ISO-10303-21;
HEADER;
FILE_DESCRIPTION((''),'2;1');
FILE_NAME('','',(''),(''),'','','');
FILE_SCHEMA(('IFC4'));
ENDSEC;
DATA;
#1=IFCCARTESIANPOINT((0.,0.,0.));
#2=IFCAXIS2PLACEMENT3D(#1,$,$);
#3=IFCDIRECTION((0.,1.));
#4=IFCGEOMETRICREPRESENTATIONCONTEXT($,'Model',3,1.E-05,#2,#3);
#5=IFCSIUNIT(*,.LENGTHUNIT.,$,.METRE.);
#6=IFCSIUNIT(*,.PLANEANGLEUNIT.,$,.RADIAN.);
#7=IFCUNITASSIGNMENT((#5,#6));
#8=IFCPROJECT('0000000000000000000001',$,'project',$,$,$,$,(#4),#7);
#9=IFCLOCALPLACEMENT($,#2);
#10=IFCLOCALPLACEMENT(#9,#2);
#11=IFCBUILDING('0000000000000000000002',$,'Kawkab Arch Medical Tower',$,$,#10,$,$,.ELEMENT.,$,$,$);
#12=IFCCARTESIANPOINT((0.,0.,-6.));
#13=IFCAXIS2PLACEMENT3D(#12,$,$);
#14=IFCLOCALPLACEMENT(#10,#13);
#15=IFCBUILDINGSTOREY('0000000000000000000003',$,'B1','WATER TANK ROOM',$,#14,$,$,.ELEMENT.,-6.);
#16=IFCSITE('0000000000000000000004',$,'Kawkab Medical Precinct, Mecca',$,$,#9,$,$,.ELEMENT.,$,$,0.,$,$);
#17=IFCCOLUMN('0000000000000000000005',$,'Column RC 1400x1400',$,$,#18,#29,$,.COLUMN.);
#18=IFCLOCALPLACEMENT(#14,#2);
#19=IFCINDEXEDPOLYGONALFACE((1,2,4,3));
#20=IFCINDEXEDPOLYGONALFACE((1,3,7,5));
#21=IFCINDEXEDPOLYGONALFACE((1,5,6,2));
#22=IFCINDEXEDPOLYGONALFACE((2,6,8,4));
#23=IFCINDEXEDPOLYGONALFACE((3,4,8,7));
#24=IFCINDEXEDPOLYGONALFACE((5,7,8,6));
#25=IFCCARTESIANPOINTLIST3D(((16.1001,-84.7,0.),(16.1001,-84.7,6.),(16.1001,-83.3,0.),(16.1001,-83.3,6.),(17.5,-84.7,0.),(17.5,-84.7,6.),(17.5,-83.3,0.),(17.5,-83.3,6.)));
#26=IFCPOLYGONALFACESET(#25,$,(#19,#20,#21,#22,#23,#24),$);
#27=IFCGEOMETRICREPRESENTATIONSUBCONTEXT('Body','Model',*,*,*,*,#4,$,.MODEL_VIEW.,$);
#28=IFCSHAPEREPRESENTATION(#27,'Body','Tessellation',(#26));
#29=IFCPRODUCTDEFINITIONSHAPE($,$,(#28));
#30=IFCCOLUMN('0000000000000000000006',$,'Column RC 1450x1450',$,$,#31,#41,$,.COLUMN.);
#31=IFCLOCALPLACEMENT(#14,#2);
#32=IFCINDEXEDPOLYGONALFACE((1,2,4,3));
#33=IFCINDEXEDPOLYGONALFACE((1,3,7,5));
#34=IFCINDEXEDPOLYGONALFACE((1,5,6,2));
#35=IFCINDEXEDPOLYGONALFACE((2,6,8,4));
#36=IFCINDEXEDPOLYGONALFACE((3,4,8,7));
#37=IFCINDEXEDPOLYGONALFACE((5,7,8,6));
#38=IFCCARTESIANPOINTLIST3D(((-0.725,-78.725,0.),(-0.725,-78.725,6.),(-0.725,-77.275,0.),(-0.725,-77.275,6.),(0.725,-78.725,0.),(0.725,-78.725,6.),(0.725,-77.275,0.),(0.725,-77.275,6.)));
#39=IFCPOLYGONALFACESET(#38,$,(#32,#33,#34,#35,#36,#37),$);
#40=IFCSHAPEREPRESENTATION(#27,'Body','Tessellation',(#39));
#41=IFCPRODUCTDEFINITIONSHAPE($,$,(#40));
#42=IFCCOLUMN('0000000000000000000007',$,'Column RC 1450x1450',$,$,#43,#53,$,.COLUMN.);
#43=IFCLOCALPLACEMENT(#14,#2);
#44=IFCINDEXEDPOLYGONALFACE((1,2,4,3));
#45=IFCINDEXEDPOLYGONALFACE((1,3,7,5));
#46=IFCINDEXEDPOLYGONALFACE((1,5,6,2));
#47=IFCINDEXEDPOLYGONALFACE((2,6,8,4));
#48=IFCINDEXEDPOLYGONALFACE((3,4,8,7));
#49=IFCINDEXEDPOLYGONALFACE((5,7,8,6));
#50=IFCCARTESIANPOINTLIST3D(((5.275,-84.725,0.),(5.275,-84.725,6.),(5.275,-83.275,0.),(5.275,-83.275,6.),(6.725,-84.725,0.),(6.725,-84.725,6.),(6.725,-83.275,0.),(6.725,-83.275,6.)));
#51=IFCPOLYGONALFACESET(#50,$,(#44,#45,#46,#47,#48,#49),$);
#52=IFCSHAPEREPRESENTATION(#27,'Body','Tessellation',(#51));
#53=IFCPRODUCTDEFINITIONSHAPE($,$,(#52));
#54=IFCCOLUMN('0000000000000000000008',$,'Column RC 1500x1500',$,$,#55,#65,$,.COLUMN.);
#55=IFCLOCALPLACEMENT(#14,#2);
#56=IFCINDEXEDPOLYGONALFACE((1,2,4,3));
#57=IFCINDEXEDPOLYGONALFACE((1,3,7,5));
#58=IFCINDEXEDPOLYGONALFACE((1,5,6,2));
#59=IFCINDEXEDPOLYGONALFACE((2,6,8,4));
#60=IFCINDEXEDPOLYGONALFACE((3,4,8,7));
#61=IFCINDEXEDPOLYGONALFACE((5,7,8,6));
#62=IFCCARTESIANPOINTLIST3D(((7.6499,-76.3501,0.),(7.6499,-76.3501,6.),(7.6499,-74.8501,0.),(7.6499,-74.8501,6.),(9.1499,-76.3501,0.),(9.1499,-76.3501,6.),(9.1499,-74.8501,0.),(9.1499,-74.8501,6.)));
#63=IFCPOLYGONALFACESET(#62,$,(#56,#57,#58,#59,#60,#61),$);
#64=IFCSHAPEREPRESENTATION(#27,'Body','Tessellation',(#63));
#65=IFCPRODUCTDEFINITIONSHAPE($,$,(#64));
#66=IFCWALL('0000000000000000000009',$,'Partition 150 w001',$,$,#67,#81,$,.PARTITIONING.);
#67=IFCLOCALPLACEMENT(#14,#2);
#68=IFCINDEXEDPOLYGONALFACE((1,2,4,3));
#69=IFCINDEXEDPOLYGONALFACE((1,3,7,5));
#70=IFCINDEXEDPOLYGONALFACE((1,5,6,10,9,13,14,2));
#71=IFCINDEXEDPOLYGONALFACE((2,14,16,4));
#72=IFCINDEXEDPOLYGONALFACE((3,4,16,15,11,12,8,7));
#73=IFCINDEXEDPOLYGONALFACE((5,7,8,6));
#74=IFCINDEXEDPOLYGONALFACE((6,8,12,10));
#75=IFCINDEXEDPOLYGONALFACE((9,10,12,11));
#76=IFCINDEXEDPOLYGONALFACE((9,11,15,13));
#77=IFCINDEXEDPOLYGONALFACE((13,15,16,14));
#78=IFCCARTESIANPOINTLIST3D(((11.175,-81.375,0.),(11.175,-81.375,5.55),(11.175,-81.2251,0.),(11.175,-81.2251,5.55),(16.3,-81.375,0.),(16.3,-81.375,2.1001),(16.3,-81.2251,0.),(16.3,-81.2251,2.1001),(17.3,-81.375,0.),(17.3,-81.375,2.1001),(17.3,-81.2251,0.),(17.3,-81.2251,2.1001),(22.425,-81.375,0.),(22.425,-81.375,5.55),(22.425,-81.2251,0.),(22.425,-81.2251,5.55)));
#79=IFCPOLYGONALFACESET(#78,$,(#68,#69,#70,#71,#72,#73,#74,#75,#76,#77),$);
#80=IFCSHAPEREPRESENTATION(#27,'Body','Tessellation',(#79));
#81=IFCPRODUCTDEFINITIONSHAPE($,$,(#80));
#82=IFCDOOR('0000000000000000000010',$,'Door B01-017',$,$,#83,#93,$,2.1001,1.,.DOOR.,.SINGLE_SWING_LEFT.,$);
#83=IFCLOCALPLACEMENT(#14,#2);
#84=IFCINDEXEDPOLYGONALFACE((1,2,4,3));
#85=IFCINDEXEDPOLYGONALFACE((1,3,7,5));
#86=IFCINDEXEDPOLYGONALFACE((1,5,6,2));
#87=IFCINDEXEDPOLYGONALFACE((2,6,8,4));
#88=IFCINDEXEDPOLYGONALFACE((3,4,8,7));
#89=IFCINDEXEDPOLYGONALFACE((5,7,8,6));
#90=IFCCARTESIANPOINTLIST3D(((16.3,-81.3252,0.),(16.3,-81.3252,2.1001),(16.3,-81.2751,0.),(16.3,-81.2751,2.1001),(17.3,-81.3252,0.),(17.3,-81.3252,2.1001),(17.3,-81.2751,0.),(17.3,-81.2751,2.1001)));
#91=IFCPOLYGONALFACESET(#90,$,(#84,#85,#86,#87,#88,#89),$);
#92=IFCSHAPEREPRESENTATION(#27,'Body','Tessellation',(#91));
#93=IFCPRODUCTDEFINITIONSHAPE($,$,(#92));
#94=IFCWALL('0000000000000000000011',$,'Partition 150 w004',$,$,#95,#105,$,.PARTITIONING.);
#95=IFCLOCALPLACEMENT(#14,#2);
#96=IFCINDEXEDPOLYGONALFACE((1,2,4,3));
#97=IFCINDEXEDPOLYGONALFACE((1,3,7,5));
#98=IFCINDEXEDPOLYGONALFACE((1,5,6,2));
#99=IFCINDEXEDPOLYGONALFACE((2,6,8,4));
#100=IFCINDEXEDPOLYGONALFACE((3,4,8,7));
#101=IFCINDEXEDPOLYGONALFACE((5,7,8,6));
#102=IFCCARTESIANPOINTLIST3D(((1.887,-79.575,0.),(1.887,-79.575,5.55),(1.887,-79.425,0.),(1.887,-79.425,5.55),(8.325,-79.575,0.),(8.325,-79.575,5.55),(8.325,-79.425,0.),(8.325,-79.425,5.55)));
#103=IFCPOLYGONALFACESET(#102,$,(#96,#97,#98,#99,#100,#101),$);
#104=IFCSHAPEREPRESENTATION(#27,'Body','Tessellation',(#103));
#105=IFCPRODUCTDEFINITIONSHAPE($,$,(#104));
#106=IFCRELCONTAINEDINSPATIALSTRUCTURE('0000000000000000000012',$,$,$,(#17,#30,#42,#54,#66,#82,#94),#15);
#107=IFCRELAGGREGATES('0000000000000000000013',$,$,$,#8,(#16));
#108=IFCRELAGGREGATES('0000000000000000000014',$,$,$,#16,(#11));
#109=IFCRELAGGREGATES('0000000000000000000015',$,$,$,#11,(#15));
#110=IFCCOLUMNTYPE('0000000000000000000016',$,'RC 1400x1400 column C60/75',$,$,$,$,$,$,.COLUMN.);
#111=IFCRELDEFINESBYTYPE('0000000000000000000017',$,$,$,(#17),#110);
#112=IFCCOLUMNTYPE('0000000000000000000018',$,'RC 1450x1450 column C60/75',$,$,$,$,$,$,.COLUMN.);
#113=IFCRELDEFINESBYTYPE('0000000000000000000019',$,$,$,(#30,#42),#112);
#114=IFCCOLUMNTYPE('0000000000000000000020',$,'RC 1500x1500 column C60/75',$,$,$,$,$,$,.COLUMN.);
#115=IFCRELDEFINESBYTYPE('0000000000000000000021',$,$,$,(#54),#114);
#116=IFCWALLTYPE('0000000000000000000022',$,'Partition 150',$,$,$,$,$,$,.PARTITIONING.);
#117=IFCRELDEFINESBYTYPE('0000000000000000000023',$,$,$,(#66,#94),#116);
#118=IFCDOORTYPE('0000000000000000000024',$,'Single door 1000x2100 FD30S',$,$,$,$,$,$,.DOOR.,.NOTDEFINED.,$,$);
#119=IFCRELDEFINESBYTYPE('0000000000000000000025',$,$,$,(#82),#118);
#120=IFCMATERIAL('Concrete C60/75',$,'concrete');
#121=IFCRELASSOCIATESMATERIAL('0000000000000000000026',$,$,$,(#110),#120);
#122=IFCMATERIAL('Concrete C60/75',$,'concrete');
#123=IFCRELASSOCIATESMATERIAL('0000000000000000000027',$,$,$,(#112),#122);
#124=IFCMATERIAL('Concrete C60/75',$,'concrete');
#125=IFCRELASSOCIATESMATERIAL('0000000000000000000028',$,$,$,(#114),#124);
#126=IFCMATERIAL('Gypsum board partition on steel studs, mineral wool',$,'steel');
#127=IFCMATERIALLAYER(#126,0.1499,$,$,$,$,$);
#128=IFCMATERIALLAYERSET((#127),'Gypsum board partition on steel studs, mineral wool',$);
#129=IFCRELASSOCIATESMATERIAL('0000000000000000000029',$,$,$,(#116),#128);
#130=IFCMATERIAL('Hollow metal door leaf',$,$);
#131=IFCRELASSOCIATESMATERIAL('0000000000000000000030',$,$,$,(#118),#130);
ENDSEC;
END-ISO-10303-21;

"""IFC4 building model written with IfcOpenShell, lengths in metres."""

from ifc_helpers import new_model, si_unit, direction, frame, frame_2d, origin, origin_2d, place, context, subcontext, project, spatial, rectangle, extrude, material, layer, layer_set, material_profile, profile_set, type_object, element, fill, save


model = new_model("IFC4")

# Units and contexts
model_context = context("Model", 3, precision=1e-05, world=origin(), true_north=direction((0.0, 1.0)))
body_context = subcontext(model_context, "Body", "Model", "MODEL_VIEW")
ifc_project = project(units=[si_unit("LENGTHUNIT", "METRE"), si_unit("PLANEANGLEUNIT", "RADIAN")], contexts=[model_context])

# Site, building, storey
site_placement = place(None, origin())
site = spatial("IfcSite", under=ifc_project, at=site_placement, Name="Kawkab Medical Precinct, Mecca", CompositionType="ELEMENT", RefElevation=0.0)
building_placement = place(site_placement, origin())
building = spatial("IfcBuilding", under=site, at=building_placement, Name="Kawkab Arch Medical Tower", CompositionType="ELEMENT")
storey_placement = place(building_placement, frame((0.0, 0.0, -6.0)))
storey = spatial("IfcBuildingStorey", under=building, at=storey_placement, Name="B1", Description="WATER TANK ROOM", CompositionType="ELEMENT", Elevation=-6.0)

# Columns
ifc_material_1 = material(Name="Concrete C60/75", Category="concrete")
ifc_material_profile_1 = material_profile(ifc_material_1, rectangle(XDim=1.3999, YDim=1.3999, at=origin_2d()), Name="RC 1400x1400")
ifc_profile_set_1 = profile_set([ifc_material_profile_1], Name="Concrete C60/75")
column_type_1 = type_object("IfcColumnType", Name="RC 1400x1400 column C60/75", PredefinedType="COLUMN", material=ifc_profile_set_1)
column_1_placement = place(storey_placement, frame((16.8, -84.0, 0.0), z_axis=(0.0, 0.0, 1.0), x_axis=(1.0, 0.0, 0.0)))
element("IfcColumn", 1, at=column_1_placement, inside=storey, type_object=column_type_1, Name="Column RC 1400x1400", PredefinedType="COLUMN", context=body_context, shape_type="SweptSolid", body=[
    extrude(rectangle(XDim=1.3999, YDim=1.3999, at=origin_2d()), origin(), (0.0, 0.0, 1.0), 6.0),
])
ifc_material_2 = material(Name="Concrete C60/75", Category="concrete")
ifc_material_profile_2 = material_profile(ifc_material_2, rectangle(XDim=1.45, YDim=1.45, at=origin_2d()), Name="RC 1450x1450")
ifc_profile_set_2 = profile_set([ifc_material_profile_2], Name="Concrete C60/75")
column_type_2 = type_object("IfcColumnType", Name="RC 1450x1450 column C60/75", PredefinedType="COLUMN", material=ifc_profile_set_2)
for number, where, z_axis, x_axis, name in (
    (2, (0.0, -78.0, 0.0), (0.0, 0.0, 1.0), (1.0, 0.0, 0.0), "Column RC 1450x1450"),
    (3, (6.0, -84.0, 0.0), (0.0, 0.0, 1.0), (1.0, 0.0, 0.0), "Column RC 1450x1450"),
):
    element("IfcColumn", number, at=place(storey_placement, frame(where, z_axis=z_axis, x_axis=x_axis)), inside=storey, type_object=column_type_2, Name=name, PredefinedType="COLUMN", context=body_context, shape_type="SweptSolid", body=[
        extrude(rectangle(XDim=1.45, YDim=1.45, at=origin_2d()), origin(), (0.0, 0.0, 1.0), 6.0),
    ])
ifc_material_3 = material(Name="Concrete C60/75", Category="concrete")
ifc_material_profile_3 = material_profile(ifc_material_3, rectangle(XDim=1.5, YDim=1.5, at=origin_2d()), Name="RC 1500x1500")
ifc_profile_set_3 = profile_set([ifc_material_profile_3], Name="Concrete C60/75")
column_type_3 = type_object("IfcColumnType", Name="RC 1500x1500 column C60/75", PredefinedType="COLUMN", material=ifc_profile_set_3)
column_2_placement = place(storey_placement, frame((8.3999, -75.6001, 0.0), z_axis=(0.0, 0.0, 1.0), x_axis=(1.0, 0.0, 0.0)))
element("IfcColumn", 4, at=column_2_placement, inside=storey, type_object=column_type_3, Name="Column RC 1500x1500", PredefinedType="COLUMN", context=body_context, shape_type="SweptSolid", body=[
    extrude(rectangle(XDim=1.5, YDim=1.5, at=origin_2d()), origin(), (0.0, 0.0, 1.0), 6.0),
])

# Wall, opening, door
ifc_material_4 = material(Name="Gypsum board partition on steel studs, mineral wool", Category="steel")
ifc_layer_1 = layer(ifc_material_4, 0.1499)
ifc_layer_set_1 = layer_set([ifc_layer_1], Name="Gypsum board partition on steel studs, mineral wool")
wall_type_1 = type_object("IfcWallType", Name="Partition 150", PredefinedType="PARTITIONING", material=ifc_layer_set_1)
wall_1_placement = place(storey_placement, frame((11.175, -81.3, 0.0), z_axis=(0.0, 0.0, 1.0), x_axis=(1.0, 0.0, 0.0)))
wall_1 = element("IfcWall", 5, at=wall_1_placement, inside=storey, type_object=wall_type_1, Name="Partition 150 w001", PredefinedType="PARTITIONING", context=body_context, shape_type="SweptSolid", body=[
    extrude(rectangle(XDim=11.25, YDim=0.1499, at=frame_2d((5.625, 0.0))), origin(), (0.0, 0.0, 1.0), 5.55),
])
opening_1_placement = place(wall_1_placement, frame((5.125, 0.0, 0.0)))
opening_1 = element("IfcOpeningElement", 6, at=opening_1_placement, cuts=wall_1, PredefinedType="OPENING", context=body_context, shape_type="SweptSolid", body=[
    extrude(rectangle(XDim=1.0, YDim=2.1001, at=frame_2d((0.5, 1.05))), frame((0.0, 0.085, 0.0), z_axis=(0.0, -1.0, 0.0), x_axis=(1.0, 0.0, 0.0)), (0.0, 0.0, 1.0), 0.1699),
])
ifc_material_5 = material(Name="Hollow metal door leaf")
door_type_1 = type_object("IfcDoorType", Name="Single door 1000x2100 FD30S", OperationType="NOTDEFINED", PredefinedType="DOOR", material=ifc_material_5)
door_1_placement = place(opening_1_placement, origin())
door_1 = element("IfcDoor", 7, at=door_1_placement, inside=storey, type_object=door_type_1, Name="Door B01-017", OperationType="SINGLE_SWING_LEFT", OverallHeight=2.1001, OverallWidth=1.0, PredefinedType="DOOR", context=body_context, shape_type="SweptSolid", body=[
    extrude(rectangle(XDim=1.0, YDim=2.1001, at=frame_2d((0.5, 1.05))), frame((0.0, 0.0249, 0.0), z_axis=(0.0, -1.0, 0.0), x_axis=(1.0, 0.0, 0.0)), (0.0, 0.0, 1.0), 0.05),
])
fill(opening_1, door_1)

# Wall
wall_2_placement = place(storey_placement, frame((1.887, -79.5, 0.0), z_axis=(0.0, 0.0, 1.0), x_axis=(1.0, 0.0, 0.0)))
element("IfcWall", 8, at=wall_2_placement, inside=storey, type_object=wall_type_1, Name="Partition 150 w004", PredefinedType="PARTITIONING", context=body_context, shape_type="SweptSolid", body=[
    extrude(rectangle(XDim=6.438, YDim=0.1499, at=frame_2d((3.219, 0.0))), origin(), (0.0, 0.0, 1.0), 5.55),
])

save(model, "model.ifc")
